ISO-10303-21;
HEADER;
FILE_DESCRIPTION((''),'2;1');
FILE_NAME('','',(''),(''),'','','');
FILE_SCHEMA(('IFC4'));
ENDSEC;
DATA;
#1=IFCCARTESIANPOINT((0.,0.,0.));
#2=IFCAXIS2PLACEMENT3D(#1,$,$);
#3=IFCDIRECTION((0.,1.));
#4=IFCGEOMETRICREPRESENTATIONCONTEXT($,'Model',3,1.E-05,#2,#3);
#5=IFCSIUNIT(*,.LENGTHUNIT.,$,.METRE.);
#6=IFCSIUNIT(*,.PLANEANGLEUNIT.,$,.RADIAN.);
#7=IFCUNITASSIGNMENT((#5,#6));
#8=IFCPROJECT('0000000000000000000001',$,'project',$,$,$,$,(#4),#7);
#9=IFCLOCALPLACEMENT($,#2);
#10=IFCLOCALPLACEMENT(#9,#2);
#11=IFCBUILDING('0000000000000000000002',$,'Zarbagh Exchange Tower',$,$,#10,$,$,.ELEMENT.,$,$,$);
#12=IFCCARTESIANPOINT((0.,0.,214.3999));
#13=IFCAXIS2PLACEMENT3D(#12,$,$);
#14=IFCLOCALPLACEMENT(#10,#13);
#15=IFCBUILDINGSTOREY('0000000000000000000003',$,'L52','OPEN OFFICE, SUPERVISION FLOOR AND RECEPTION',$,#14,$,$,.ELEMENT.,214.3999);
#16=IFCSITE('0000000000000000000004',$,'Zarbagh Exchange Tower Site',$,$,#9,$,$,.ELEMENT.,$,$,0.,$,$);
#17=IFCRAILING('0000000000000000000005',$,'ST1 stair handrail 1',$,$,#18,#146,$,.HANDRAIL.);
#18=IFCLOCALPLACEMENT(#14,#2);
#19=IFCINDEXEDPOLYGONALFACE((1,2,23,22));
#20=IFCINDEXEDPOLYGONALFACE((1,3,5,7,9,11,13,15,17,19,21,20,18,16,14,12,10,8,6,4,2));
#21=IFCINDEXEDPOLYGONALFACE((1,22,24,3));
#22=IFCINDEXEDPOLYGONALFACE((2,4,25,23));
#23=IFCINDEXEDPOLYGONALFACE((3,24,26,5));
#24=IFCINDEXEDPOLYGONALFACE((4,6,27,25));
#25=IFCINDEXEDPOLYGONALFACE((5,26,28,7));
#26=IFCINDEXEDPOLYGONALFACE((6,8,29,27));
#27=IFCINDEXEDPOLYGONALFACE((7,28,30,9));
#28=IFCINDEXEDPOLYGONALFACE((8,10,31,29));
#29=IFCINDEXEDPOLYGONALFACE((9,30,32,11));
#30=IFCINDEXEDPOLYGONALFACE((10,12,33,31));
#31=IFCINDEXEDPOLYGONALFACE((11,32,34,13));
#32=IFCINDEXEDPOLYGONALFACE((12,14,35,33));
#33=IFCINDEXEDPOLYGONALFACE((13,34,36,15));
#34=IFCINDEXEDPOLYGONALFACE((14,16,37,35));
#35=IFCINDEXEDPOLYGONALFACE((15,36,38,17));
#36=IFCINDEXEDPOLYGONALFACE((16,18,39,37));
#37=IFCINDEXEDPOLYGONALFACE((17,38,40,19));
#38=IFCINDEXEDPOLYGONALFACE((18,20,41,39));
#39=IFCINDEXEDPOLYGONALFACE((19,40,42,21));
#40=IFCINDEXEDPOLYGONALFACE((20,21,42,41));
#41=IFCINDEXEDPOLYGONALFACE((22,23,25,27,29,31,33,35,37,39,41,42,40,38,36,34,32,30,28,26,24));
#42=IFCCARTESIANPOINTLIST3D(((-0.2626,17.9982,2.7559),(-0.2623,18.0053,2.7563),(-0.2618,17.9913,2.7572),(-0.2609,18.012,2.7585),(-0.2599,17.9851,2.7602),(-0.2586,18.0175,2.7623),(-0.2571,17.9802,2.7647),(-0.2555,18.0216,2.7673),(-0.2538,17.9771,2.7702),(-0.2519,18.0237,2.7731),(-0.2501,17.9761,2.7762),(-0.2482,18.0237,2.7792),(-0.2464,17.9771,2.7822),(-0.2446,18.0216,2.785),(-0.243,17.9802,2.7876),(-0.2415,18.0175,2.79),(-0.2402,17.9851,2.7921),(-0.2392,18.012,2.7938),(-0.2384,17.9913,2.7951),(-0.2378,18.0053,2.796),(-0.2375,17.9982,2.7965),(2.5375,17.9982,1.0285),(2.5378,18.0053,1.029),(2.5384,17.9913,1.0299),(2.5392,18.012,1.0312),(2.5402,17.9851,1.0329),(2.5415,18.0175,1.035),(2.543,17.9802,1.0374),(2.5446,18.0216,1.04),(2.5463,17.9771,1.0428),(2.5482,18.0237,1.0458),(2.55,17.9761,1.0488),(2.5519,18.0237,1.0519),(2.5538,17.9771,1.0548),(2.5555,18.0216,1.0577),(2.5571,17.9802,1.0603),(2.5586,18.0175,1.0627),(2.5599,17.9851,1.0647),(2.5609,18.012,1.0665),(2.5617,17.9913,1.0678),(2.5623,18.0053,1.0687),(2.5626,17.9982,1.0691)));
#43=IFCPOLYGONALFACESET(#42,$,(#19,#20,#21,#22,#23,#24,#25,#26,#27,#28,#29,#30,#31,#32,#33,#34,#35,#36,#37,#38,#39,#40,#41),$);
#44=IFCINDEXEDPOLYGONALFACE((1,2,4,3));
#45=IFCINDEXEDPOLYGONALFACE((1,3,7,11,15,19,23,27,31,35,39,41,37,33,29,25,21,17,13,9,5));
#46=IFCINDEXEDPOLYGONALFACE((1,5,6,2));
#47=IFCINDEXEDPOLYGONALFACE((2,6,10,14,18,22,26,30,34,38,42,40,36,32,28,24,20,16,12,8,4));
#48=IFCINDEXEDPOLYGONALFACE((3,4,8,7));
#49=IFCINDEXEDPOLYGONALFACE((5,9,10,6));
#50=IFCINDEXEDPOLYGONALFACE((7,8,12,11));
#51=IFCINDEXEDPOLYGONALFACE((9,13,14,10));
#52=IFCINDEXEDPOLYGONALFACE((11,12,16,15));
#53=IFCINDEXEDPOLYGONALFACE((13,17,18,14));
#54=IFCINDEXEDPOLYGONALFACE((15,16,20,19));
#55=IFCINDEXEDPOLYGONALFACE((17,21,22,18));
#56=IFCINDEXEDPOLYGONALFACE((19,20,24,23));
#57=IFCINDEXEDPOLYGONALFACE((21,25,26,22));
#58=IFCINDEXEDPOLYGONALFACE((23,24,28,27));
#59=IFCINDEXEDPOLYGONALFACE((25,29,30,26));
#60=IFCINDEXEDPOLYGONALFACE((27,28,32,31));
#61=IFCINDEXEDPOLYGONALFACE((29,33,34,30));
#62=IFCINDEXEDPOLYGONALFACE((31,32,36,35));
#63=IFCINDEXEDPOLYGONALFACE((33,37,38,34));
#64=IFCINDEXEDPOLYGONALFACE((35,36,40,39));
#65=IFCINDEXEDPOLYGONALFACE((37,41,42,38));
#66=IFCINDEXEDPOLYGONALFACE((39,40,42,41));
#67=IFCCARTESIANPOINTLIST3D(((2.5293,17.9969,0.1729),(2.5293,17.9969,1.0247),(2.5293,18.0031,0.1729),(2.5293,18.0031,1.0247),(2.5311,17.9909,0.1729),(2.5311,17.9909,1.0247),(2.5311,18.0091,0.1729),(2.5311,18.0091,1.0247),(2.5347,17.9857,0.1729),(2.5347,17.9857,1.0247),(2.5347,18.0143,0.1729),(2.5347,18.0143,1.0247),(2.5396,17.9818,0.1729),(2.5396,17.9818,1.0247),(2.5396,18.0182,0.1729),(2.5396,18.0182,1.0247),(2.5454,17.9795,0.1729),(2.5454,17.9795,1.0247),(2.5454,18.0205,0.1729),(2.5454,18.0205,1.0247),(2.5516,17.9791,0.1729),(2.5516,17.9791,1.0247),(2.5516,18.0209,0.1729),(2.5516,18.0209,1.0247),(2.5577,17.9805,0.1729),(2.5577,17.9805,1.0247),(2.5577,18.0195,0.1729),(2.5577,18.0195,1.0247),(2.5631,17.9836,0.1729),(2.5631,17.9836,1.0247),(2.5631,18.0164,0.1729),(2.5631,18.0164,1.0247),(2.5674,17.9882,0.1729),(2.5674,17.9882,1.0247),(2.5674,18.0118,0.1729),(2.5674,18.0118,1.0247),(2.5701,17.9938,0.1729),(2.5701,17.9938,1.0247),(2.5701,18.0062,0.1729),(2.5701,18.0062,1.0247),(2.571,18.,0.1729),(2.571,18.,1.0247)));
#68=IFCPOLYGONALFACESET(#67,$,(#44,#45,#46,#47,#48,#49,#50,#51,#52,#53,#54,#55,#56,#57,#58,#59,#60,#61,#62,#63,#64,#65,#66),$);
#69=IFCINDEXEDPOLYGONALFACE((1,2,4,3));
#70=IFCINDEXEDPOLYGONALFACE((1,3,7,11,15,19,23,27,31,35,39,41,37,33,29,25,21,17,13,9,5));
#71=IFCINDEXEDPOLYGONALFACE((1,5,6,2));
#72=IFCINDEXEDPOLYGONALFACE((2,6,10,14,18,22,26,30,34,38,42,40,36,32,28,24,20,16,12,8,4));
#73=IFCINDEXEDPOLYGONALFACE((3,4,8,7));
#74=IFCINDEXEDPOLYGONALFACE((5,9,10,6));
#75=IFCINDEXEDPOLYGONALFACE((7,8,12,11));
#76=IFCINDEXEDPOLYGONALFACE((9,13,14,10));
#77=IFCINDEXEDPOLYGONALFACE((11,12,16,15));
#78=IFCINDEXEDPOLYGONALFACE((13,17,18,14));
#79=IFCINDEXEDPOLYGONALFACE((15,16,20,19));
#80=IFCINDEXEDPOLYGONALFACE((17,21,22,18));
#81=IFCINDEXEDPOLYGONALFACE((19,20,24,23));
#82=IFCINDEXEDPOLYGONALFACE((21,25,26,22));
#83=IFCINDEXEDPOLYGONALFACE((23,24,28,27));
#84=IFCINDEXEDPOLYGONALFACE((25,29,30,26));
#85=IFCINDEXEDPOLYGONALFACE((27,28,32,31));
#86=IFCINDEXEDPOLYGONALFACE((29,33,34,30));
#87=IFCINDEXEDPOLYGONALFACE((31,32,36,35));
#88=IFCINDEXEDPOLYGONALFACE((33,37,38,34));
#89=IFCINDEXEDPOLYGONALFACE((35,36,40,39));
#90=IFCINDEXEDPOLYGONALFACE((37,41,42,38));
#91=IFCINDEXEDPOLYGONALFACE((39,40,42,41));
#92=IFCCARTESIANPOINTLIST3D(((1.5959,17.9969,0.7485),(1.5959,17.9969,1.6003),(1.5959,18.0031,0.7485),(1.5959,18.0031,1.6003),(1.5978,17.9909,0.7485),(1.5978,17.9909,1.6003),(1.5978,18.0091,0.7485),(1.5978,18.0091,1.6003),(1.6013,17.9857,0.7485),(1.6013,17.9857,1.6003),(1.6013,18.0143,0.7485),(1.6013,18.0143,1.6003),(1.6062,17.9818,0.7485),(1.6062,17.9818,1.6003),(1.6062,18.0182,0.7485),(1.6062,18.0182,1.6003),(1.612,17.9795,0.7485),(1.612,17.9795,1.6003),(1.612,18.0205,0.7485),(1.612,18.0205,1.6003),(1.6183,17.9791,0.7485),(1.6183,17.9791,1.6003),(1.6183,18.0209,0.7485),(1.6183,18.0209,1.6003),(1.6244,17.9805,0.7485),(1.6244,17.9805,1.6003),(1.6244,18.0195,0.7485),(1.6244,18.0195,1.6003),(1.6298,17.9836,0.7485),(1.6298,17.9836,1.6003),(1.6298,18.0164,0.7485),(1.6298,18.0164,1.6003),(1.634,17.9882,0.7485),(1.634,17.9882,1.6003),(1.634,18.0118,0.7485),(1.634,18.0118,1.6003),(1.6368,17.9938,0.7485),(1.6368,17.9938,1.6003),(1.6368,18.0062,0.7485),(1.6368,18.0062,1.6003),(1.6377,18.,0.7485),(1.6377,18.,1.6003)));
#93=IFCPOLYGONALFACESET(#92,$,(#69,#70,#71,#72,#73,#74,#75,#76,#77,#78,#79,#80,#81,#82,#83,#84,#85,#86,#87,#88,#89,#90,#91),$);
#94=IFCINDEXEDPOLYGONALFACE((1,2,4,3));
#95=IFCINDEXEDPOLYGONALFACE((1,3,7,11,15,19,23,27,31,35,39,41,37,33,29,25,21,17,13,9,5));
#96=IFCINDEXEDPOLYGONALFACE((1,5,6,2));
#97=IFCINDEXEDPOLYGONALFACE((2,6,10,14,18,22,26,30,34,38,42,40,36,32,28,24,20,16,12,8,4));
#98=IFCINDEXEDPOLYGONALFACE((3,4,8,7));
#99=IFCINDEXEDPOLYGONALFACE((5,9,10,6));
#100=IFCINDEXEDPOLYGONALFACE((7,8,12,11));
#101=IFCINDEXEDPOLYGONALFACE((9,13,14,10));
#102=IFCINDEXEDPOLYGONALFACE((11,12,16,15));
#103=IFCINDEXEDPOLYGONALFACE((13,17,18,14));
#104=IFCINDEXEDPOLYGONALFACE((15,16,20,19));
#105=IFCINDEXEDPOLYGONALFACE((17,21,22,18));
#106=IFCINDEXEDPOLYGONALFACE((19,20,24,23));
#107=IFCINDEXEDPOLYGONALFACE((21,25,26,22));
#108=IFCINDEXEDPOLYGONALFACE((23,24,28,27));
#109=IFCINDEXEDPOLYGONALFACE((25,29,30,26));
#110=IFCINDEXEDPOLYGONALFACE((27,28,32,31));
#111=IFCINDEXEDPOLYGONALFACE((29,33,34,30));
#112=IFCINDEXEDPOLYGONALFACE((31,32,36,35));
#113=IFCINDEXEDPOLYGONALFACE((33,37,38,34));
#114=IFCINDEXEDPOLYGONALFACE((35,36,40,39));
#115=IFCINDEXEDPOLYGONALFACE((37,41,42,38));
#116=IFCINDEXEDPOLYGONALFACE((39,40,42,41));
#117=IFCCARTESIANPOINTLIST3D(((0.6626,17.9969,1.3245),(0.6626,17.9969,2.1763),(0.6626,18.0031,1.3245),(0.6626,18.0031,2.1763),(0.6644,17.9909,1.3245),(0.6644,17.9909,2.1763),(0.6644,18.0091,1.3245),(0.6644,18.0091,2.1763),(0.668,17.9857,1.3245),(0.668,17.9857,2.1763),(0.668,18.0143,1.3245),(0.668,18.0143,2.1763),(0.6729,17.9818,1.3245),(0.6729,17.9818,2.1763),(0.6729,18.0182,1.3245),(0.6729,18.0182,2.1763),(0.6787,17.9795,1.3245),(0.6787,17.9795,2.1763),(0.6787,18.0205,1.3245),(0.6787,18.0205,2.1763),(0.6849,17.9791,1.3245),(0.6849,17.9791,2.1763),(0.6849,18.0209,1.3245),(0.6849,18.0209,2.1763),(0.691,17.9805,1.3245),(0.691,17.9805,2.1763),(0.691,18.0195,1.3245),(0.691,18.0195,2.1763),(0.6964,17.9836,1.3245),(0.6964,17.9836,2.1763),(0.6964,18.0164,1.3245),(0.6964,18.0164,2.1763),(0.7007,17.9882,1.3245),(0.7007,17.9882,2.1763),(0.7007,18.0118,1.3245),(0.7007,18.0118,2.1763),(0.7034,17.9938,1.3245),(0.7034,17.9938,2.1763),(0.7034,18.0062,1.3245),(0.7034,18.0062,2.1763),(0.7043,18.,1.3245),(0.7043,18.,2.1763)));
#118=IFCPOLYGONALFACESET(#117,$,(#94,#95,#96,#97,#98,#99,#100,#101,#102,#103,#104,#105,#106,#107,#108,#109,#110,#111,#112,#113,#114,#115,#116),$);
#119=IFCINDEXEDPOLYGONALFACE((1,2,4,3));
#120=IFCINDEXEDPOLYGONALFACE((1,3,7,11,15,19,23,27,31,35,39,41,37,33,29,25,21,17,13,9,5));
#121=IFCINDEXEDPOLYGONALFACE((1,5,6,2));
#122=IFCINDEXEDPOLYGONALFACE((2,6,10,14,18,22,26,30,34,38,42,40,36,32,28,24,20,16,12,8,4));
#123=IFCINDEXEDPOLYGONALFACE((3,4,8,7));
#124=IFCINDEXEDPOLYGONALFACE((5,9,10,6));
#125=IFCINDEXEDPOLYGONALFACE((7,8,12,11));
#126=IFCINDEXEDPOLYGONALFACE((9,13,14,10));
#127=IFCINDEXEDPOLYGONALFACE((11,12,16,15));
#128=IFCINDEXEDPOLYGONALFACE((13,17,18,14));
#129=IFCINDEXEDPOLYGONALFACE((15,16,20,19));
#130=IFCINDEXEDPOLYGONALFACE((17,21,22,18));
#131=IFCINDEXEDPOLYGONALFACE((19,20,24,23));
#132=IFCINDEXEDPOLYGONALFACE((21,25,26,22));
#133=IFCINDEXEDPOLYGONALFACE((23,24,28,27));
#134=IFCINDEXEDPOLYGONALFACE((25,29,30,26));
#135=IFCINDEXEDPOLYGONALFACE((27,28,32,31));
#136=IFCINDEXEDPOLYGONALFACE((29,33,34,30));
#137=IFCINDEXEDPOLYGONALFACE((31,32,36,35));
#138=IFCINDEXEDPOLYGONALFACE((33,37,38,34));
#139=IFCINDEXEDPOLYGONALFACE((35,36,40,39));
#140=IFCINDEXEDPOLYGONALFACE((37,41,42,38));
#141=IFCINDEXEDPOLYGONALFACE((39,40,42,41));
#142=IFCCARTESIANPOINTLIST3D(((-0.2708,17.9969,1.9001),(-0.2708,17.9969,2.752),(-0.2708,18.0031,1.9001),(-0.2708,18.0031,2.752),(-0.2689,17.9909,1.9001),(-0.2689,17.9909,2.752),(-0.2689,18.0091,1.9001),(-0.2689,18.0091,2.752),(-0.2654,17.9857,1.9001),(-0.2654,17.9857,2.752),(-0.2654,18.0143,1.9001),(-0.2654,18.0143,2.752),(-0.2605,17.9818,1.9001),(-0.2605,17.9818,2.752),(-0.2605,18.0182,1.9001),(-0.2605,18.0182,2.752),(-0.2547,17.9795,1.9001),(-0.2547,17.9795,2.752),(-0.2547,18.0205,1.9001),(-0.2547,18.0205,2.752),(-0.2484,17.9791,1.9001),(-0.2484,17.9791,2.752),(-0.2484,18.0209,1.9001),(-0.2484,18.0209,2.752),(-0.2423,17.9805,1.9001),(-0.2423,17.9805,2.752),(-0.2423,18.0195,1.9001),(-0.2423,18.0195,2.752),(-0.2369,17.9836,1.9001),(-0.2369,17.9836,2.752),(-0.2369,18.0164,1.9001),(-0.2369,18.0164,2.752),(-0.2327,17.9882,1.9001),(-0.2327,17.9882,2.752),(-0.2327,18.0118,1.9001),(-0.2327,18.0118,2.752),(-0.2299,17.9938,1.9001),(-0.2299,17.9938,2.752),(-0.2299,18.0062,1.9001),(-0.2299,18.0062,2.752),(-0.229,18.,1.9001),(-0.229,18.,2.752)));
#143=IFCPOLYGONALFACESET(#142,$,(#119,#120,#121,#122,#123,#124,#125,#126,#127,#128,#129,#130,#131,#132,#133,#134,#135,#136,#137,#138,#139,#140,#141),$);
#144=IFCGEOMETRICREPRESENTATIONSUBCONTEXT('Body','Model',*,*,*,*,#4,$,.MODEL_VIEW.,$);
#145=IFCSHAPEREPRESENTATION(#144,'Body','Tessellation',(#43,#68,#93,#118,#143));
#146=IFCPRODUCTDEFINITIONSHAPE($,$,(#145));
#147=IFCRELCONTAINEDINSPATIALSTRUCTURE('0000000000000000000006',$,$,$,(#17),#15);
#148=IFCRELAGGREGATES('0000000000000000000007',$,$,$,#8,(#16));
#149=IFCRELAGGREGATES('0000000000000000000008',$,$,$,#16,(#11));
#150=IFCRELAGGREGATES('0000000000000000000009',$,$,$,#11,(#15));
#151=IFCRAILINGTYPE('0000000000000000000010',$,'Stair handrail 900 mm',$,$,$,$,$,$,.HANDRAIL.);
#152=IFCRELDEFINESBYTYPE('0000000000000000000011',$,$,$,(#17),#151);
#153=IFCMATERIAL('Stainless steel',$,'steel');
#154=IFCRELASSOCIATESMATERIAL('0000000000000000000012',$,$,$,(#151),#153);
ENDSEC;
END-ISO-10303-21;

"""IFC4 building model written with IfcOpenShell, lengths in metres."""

from ifc_helpers import new_model, si_unit, direction, frame, origin, origin_2d, place, context, subcontext, project, spatial, circle, extrude, material, type_object, element, save


model = new_model("IFC4")

# Units and contexts
model_context = context("Model", 3, precision=1e-05, world=origin(), true_north=direction((0.0, 1.0)))
body_context = subcontext(model_context, "Body", "Model", "MODEL_VIEW")
ifc_project = project(units=[si_unit("LENGTHUNIT", "METRE"), si_unit("PLANEANGLEUNIT", "RADIAN")], contexts=[model_context])

# Site, building, storey
site_placement = place(None, origin())
site = spatial("IfcSite", under=ifc_project, at=site_placement, Name="Zarbagh Exchange Tower Site", CompositionType="ELEMENT", RefElevation=0.0)
building_placement = place(site_placement, origin())
building = spatial("IfcBuilding", under=site, at=building_placement, Name="Zarbagh Exchange Tower", CompositionType="ELEMENT")
storey_placement = place(building_placement, frame((0.0, 0.0, 214.3999)))
storey = spatial("IfcBuildingStorey", under=building, at=storey_placement, Name="L52", Description="OPEN OFFICE, SUPERVISION FLOOR AND RECEPTION", CompositionType="ELEMENT", Elevation=214.3999)

# Railing
ifc_material_1 = material(Name="Stainless steel", Category="steel")
railing_type_1 = type_object("IfcRailingType", Name="Stair handrail 900 mm", PredefinedType="HANDRAIL", material=ifc_material_1)
railing_1_placement = place(storey_placement, frame((2.55, 18.0, 0.1729)))
element("IfcRailing", 1, at=railing_1_placement, inside=storey, type_object=railing_type_1, Name="ST1 stair handrail 1", PredefinedType="HANDRAIL", context=body_context, shape_type="SweptSolid", body=[
    extrude(circle(Radius=0.0239, at=origin_2d()), frame((0.0, 0.0, 0.876), z_axis=(-0.85109, 0.0, 0.52502), x_axis=(0.0, -1.0, 0.0)), (0.0, 0.0, 1.0), 3.29),
    extrude(circle(Radius=0.021, at=origin_2d()), origin(), (0.0, 0.0, 1.0), 0.8518),
    extrude(circle(Radius=0.021, at=origin_2d()), frame((-0.9333, 0.0, 0.5757)), (0.0, 0.0, 1.0), 0.8518),
    extrude(circle(Radius=0.021, at=origin_2d()), frame((-1.8667, 0.0, 1.1516)), (0.0, 0.0, 1.0), 0.8518),
    extrude(circle(Radius=0.021, at=origin_2d()), frame((-2.8, 0.0, 1.7273)), (0.0, 0.0, 1.0), 0.8518),
])

save(model, "model.ifc")
